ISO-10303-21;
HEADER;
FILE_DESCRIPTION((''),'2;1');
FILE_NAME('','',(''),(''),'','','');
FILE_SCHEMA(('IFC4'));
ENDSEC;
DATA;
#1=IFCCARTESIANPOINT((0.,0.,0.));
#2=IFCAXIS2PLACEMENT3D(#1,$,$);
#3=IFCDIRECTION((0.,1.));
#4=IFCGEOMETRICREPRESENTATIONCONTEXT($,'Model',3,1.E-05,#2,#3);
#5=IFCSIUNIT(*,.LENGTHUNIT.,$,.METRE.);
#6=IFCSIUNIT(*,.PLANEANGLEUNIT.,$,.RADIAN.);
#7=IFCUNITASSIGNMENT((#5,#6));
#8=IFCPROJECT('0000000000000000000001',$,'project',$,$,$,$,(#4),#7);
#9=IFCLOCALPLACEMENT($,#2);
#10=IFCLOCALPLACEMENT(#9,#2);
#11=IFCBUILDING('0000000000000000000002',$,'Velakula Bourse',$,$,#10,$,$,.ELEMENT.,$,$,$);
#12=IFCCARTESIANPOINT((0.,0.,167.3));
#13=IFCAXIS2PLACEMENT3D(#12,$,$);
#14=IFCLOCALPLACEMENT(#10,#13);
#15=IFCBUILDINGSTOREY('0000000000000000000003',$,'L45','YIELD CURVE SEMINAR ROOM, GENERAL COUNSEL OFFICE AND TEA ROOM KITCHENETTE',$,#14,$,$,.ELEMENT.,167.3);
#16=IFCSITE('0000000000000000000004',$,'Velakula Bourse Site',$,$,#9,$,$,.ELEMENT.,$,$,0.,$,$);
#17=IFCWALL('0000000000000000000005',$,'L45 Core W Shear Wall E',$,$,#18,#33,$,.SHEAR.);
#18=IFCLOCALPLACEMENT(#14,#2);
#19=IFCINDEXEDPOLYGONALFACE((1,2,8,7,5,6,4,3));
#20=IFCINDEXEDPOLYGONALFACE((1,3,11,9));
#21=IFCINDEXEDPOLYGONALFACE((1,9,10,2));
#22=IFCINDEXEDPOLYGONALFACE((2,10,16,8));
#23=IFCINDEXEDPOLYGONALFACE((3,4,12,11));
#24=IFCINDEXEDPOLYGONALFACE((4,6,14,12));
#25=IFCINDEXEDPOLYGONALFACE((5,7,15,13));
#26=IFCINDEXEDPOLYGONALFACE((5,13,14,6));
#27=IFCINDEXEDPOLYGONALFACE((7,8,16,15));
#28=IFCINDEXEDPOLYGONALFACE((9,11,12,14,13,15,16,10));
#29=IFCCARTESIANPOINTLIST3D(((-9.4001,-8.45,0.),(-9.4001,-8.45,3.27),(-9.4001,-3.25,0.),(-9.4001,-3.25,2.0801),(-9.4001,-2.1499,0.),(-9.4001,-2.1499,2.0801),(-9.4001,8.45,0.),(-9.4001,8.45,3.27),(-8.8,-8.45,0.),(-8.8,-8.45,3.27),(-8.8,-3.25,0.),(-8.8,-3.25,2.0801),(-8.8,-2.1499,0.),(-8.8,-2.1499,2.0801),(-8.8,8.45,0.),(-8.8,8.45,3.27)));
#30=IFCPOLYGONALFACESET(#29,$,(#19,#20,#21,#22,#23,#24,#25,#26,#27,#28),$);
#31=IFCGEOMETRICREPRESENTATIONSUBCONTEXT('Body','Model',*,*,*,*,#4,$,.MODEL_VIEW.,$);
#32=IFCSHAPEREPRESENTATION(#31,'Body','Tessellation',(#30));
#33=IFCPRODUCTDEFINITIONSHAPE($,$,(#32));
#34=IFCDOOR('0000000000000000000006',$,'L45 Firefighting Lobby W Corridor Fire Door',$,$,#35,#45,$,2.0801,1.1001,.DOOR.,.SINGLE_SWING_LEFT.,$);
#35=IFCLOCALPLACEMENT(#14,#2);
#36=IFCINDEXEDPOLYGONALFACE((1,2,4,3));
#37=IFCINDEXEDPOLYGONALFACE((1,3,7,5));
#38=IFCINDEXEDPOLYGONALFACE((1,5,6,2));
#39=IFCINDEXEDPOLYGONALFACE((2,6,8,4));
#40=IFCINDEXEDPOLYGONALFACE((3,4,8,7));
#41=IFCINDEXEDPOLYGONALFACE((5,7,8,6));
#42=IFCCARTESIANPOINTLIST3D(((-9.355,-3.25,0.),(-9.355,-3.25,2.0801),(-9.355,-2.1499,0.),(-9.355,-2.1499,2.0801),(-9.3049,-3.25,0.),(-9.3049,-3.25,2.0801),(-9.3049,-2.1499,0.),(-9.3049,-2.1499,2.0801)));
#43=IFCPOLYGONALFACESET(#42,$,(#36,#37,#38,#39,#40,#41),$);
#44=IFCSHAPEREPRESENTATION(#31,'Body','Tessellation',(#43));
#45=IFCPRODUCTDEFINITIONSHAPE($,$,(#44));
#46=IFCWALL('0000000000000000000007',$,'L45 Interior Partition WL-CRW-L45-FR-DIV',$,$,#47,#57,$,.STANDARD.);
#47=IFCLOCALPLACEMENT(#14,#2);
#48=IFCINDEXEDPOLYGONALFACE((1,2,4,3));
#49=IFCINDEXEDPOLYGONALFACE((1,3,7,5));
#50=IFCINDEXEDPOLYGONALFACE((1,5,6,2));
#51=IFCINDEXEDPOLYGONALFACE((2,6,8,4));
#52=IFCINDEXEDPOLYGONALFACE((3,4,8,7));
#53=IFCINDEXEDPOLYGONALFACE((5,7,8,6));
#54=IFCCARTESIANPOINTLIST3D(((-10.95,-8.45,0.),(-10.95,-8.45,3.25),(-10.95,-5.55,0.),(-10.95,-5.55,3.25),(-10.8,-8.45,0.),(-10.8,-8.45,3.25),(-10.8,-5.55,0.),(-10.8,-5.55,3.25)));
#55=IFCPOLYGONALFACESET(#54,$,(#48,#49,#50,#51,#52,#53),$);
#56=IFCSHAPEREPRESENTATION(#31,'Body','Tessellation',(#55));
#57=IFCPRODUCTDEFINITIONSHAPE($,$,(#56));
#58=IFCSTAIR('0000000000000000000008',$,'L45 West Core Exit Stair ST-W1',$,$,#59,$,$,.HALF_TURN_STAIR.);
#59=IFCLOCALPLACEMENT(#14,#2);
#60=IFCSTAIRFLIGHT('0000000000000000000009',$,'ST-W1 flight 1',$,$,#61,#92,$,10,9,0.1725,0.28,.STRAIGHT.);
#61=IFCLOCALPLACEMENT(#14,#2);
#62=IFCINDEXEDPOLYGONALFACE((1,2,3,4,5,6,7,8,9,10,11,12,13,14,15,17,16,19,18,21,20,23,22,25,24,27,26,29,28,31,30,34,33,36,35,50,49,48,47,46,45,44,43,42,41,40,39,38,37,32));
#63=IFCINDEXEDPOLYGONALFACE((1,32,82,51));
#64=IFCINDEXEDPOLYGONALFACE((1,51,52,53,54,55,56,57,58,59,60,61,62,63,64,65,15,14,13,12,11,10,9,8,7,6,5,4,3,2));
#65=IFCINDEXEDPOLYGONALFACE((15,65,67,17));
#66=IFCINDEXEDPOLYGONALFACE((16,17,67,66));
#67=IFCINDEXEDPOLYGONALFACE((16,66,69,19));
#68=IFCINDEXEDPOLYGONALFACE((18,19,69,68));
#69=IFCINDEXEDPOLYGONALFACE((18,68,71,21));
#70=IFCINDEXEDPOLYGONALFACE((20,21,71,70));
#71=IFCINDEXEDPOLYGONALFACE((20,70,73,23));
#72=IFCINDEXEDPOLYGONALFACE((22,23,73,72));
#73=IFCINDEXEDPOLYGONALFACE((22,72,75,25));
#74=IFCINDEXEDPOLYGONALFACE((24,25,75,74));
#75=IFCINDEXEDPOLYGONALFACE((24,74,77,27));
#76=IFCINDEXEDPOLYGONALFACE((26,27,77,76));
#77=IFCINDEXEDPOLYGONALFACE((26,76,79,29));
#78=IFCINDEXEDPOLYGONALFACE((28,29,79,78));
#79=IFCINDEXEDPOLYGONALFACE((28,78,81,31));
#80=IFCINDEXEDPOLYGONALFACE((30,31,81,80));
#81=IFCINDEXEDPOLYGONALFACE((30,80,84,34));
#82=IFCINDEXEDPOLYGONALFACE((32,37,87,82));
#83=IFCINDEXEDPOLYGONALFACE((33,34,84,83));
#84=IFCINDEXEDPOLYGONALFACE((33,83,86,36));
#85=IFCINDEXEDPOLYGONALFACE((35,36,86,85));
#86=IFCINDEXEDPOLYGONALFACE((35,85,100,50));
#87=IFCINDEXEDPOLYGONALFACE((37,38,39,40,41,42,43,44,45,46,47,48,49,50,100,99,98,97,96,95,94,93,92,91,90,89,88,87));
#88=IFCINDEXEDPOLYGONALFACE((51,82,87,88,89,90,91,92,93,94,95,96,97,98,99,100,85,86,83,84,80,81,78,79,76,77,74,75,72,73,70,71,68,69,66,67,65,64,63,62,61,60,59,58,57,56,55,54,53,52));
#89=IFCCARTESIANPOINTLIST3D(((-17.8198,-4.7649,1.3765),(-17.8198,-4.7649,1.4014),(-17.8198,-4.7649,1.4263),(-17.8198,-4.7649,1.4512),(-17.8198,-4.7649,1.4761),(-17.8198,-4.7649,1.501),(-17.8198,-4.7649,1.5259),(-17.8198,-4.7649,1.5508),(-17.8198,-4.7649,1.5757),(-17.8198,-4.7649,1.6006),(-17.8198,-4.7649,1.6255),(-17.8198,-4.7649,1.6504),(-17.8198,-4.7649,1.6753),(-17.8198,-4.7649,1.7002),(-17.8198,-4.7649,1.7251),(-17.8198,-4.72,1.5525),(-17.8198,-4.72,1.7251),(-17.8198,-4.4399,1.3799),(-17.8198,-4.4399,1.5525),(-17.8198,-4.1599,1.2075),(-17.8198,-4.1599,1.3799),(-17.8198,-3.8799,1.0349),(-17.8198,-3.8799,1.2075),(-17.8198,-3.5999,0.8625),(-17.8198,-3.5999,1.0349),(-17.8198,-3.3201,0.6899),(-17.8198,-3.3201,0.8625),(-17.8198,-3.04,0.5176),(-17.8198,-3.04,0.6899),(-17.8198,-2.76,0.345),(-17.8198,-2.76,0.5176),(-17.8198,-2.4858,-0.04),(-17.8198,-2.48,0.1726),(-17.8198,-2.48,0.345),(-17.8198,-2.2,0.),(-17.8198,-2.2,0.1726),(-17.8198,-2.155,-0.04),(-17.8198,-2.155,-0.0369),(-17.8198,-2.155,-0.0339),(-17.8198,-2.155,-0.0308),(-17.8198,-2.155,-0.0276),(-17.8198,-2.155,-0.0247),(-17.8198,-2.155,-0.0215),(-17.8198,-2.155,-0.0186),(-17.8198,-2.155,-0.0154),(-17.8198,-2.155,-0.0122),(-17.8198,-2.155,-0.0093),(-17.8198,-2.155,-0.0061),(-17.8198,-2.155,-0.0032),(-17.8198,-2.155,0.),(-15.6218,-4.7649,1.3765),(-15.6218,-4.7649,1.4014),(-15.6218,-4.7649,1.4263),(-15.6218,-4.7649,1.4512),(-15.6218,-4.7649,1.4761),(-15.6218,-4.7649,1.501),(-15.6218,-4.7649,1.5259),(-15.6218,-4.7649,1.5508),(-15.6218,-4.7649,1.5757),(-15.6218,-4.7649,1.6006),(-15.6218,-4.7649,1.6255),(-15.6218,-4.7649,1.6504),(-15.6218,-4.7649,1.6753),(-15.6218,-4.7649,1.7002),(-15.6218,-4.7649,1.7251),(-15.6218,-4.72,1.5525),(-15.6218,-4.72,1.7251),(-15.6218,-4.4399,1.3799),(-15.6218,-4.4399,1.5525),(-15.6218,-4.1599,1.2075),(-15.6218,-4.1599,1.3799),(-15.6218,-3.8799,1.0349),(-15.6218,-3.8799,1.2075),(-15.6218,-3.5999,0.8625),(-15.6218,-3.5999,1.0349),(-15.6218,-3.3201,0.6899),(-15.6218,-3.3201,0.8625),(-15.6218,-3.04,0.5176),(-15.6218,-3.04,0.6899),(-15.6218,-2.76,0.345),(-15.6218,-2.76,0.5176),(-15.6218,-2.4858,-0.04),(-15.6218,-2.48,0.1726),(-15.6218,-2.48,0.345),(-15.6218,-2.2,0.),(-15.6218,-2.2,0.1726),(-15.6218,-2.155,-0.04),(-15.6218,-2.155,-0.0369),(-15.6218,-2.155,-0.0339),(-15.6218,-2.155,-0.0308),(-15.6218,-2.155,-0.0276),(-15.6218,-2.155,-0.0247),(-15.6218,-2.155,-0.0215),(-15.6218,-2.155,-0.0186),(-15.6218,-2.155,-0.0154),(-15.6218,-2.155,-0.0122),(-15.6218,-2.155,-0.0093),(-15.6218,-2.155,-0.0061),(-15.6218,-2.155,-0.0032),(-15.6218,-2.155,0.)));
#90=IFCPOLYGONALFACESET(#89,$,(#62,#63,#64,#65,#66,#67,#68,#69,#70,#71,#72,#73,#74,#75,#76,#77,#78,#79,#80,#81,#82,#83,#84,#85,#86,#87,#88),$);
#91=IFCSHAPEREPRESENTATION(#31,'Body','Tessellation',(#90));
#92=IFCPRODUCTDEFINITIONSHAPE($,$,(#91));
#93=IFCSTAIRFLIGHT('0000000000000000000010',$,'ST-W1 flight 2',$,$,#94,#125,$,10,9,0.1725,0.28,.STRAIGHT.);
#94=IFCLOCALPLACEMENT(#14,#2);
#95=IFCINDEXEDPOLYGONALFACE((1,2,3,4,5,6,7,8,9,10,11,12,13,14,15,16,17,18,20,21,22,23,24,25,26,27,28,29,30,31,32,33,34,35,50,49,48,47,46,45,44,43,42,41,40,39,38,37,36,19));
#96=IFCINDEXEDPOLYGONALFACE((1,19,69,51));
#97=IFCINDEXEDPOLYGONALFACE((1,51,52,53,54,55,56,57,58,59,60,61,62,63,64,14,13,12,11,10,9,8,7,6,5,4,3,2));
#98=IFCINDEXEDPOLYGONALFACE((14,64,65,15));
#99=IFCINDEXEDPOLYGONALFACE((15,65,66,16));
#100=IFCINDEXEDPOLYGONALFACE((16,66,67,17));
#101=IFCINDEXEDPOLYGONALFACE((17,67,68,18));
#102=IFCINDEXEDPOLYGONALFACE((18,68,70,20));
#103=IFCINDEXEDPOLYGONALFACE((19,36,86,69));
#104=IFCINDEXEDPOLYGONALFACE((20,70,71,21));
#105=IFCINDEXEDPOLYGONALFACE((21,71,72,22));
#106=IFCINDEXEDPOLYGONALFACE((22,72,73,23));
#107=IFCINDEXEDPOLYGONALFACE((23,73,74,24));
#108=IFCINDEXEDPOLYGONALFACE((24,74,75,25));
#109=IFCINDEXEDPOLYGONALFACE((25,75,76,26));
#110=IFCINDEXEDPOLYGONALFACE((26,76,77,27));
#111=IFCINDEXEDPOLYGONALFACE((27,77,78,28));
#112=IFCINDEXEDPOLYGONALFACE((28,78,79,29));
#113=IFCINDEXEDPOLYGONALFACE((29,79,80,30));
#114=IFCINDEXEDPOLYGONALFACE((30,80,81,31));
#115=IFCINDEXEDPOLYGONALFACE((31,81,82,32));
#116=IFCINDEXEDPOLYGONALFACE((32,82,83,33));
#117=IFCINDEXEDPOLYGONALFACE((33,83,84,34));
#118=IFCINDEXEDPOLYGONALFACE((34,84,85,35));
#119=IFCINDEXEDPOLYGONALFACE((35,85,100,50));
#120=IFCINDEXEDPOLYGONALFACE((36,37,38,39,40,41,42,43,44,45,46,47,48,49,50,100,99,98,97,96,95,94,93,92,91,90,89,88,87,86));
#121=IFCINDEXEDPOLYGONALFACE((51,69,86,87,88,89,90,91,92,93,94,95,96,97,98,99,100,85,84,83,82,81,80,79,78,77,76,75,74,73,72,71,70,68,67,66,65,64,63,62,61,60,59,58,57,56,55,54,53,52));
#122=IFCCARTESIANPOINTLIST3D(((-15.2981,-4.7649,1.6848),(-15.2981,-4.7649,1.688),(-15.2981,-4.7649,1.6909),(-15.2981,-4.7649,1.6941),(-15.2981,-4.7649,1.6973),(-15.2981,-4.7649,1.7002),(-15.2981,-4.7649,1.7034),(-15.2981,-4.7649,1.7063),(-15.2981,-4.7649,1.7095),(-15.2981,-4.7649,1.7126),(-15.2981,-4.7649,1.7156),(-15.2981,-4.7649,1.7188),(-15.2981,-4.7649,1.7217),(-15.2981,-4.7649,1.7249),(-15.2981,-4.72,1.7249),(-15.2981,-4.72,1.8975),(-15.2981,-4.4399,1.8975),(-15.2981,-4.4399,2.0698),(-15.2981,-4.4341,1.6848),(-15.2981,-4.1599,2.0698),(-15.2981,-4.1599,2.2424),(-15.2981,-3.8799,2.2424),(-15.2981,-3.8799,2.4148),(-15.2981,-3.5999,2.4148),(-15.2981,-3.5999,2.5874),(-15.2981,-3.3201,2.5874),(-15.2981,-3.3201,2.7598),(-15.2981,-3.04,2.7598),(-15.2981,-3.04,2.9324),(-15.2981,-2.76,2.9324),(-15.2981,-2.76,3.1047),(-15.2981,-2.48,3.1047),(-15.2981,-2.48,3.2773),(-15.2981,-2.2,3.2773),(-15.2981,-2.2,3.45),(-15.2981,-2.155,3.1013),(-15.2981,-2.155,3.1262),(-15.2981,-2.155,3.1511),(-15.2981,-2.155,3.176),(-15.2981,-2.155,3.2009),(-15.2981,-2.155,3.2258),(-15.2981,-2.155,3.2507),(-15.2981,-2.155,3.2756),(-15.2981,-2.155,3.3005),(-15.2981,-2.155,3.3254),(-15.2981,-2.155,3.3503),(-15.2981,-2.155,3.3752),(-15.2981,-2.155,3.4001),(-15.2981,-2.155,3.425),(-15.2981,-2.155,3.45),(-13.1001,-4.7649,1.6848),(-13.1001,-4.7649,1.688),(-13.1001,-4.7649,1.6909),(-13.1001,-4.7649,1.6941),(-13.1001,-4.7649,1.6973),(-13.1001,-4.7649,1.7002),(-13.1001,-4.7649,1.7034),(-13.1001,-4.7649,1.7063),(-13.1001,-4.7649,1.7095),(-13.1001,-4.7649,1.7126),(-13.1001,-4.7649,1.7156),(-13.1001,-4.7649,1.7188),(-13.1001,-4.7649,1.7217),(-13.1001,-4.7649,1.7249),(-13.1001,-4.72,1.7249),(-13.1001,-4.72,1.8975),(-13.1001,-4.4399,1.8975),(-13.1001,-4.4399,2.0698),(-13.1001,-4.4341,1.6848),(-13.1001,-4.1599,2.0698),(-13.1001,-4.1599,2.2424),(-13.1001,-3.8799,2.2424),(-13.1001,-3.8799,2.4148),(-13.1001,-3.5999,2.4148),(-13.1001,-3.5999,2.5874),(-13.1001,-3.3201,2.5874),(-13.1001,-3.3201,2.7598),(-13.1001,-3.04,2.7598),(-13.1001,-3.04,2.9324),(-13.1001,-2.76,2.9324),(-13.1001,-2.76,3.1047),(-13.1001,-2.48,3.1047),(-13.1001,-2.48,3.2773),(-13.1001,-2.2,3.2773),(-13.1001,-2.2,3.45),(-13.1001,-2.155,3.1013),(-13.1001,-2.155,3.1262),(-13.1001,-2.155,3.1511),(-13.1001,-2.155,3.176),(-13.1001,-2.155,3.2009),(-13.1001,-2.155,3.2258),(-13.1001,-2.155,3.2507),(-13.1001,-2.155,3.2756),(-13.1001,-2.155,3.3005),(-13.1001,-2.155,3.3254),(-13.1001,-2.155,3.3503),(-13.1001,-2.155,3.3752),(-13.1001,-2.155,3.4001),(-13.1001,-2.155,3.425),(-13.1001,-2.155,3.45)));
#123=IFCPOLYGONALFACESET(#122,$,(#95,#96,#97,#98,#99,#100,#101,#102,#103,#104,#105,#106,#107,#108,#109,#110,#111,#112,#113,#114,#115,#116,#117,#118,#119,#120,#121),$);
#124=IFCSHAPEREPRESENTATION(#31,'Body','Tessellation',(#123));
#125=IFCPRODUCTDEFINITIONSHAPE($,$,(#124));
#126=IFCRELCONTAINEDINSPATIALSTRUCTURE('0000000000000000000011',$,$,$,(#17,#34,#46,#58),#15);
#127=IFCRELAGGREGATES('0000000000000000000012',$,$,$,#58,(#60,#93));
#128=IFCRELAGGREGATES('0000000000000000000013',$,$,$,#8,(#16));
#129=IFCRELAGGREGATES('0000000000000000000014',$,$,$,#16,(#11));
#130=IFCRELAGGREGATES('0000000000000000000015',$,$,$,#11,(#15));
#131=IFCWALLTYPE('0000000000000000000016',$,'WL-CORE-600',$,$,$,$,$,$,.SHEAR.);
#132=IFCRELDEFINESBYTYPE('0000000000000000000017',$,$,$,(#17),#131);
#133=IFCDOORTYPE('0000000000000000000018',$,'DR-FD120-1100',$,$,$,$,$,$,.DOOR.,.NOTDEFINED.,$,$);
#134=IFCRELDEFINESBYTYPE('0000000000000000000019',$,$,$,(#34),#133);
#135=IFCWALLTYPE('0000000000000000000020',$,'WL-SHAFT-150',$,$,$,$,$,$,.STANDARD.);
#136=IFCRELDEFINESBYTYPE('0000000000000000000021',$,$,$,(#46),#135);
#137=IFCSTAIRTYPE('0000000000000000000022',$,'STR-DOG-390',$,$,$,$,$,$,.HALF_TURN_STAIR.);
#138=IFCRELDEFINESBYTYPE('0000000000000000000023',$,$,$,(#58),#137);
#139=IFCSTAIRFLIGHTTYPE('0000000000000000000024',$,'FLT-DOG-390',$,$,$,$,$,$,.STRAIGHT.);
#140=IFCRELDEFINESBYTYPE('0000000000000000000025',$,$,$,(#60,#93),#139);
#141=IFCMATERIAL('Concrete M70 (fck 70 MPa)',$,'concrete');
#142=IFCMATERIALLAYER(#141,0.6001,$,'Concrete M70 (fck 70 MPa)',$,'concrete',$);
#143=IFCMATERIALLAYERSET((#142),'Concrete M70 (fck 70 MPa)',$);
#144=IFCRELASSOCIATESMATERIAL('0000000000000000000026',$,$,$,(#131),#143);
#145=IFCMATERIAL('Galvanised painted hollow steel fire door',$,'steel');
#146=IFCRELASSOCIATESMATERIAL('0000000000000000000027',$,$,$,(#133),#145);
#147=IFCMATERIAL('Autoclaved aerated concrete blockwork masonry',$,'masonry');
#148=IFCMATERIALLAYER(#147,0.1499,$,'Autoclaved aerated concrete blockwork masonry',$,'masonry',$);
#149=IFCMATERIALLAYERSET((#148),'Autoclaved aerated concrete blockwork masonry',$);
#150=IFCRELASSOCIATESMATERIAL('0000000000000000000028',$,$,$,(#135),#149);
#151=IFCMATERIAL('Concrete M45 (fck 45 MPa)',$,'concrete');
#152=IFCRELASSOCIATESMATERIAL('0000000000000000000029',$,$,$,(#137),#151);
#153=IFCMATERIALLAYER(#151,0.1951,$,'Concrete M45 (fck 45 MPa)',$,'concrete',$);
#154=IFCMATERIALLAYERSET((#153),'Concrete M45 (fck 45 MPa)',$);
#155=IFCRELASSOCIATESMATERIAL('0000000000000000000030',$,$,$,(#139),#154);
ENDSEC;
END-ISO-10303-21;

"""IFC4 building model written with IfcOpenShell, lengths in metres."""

from ifc_helpers import new_model, si_unit, direction, frame, frame_2d, origin, place, context, subcontext, project, spatial, polyline, rectangle, outline, extrude, material, layer, layer_set, type_object, element, fill, aggregate, save


model = new_model("IFC4")

# Units and contexts
model_context = context("Model", 3, precision=1e-05, world=origin(), true_north=direction((0.0, 1.0)))
body_context = subcontext(model_context, "Body", "Model", "MODEL_VIEW")
ifc_project = project(units=[si_unit("LENGTHUNIT", "METRE"), si_unit("PLANEANGLEUNIT", "RADIAN")], contexts=[model_context])

# Site, building, storey
site_placement = place(None, origin())
site = spatial("IfcSite", under=ifc_project, at=site_placement, Name="Velakula Bourse Site", CompositionType="ELEMENT", RefElevation=0.0)
building_placement = place(site_placement, origin())
building = spatial("IfcBuilding", under=site, at=building_placement, Name="Velakula Bourse", CompositionType="ELEMENT")
storey_placement = place(building_placement, frame((0.0, 0.0, 167.3)))
storey = spatial("IfcBuildingStorey", under=building, at=storey_placement, Name="L45", Description="YIELD CURVE SEMINAR ROOM, GENERAL COUNSEL OFFICE AND TEA ROOM KITCHENETTE", CompositionType="ELEMENT", Elevation=167.3)

# Shared definitions
ifc_material_1 = material(Name="Concrete M70 (fck 70 MPa)", Category="concrete")

# Shared definitions
ifc_material_2 = material(Name="Galvanised painted hollow steel fire door", Category="steel")

# Wall, opening, door
ifc_layer_1 = layer(ifc_material_1, 0.6001, Name="Concrete M70 (fck 70 MPa)", Category="concrete")
ifc_layer_set_1 = layer_set([ifc_layer_1], Name="Concrete M70 (fck 70 MPa)")
wall_type_1 = type_object("IfcWallType", Name="WL-CORE-600", PredefinedType="SHEAR", material=ifc_layer_set_1)
wall_1_placement = place(storey_placement, frame((-9.1001, -8.45, 0.0), z_axis=(0.0, 0.0, 1.0), x_axis=(0.0, 1.0, 0.0)))
wall_1 = element("IfcWall", 1, at=wall_1_placement, inside=storey, type_object=wall_type_1, Name="L45 Core W Shear Wall E", PredefinedType="SHEAR", context=body_context, shape_type="SweptSolid", body=[
    extrude(rectangle(XDim=16.8999, YDim=0.6001, at=frame_2d((8.45, 0.0))), origin(), (0.0, 0.0, 1.0), 3.27),
])
opening_1_placement = place(wall_1_placement, frame((5.2, 0.0, 0.0)))
opening_1 = element("IfcOpeningElement", 2, at=opening_1_placement, cuts=wall_1, PredefinedType="OPENING", context=body_context, shape_type="SweptSolid", body=[
    extrude(rectangle(XDim=1.1001, YDim=2.0801, at=frame_2d((0.55, 1.04))), frame((0.0, 0.3101, 0.0), z_axis=(0.0, -1.0, 0.0), x_axis=(1.0, 0.0, 0.0)), (0.0, 0.0, 1.0), 0.6201),
])
door_type_1 = type_object("IfcDoorType", Name="DR-FD120-1100", OperationType="NOTDEFINED", PredefinedType="DOOR", material=ifc_material_2)
door_1_placement = place(opening_1_placement, origin())
door_1 = element("IfcDoor", 3, at=door_1_placement, inside=storey, type_object=door_type_1, Name="L45 Firefighting Lobby W Corridor Fire Door", OperationType="SINGLE_SWING_LEFT", OverallHeight=2.0801, OverallWidth=1.1001, PredefinedType="DOOR", context=body_context, shape_type="SweptSolid", body=[
    extrude(rectangle(XDim=1.1001, YDim=2.0801, at=frame_2d((0.55, 1.04))), frame((0.0, 0.2549, 0.0), z_axis=(0.0, -1.0, 0.0), x_axis=(1.0, 0.0, 0.0)), (0.0, 0.0, 1.0), 0.05),
])
fill(opening_1, door_1)

# Shared definitions
ifc_material_3 = material(Name="Autoclaved aerated concrete blockwork masonry", Category="masonry")
ifc_layer_2 = layer(ifc_material_3, 0.1499, Name="Autoclaved aerated concrete blockwork masonry", Category="masonry")
ifc_layer_set_2 = layer_set([ifc_layer_2], Name="Autoclaved aerated concrete blockwork masonry")
wall_type_2 = type_object("IfcWallType", Name="WL-SHAFT-150", PredefinedType="STANDARD", material=ifc_layer_set_2)

# Wall
wall_2_placement = place(storey_placement, frame((-10.875, -8.45, 0.0), z_axis=(0.0, 0.0, 1.0), x_axis=(0.0, 1.0, 0.0)))
element("IfcWall", 4, at=wall_2_placement, inside=storey, type_object=wall_type_2, Name="L45 Interior Partition WL-CRW-L45-FR-DIV", PredefinedType="STANDARD", context=body_context, shape_type="SweptSolid", body=[
    extrude(rectangle(XDim=2.8999, YDim=0.1499, at=frame_2d((1.45, 0.0))), origin(), (0.0, 0.0, 1.0), 3.25),
])

# Stair, stair flights
ifc_material_4 = material(Name="Concrete M45 (fck 45 MPa)", Category="concrete")
stair_type = type_object("IfcStairType", Name="STR-DOG-390", PredefinedType="HALF_TURN_STAIR", material=ifc_material_4)
stair_placement = place(storey_placement, origin())
stair = element("IfcStair", 5, at=stair_placement, inside=storey, type_object=stair_type, Name="L45 West Core Exit Stair ST-W1", PredefinedType="HALF_TURN_STAIR")
ifc_layer_3 = layer(ifc_material_4, 0.1951, Name="Concrete M45 (fck 45 MPa)", Category="concrete")
ifc_layer_set_3 = layer_set([ifc_layer_3], Name="Concrete M45 (fck 45 MPa)")
stair_flight_type = type_object("IfcStairFlightType", Name="FLT-DOG-390", PredefinedType="STRAIGHT", material=ifc_layer_set_3)
stair_flight_1_placement = place(storey_placement, frame((-16.7209, -2.2, 0.0), z_axis=(0.0, 0.0, 1.0), x_axis=(0.0, -1.0, 0.0)))
stair_flight_1 = element("IfcStairFlight", 6, at=stair_flight_1_placement, type_object=stair_flight_type, Name="ST-W1 flight 1", NumberOfRisers=10, NumberOfTreads=9, PredefinedType="STRAIGHT", RiserHeight=0.1725, TreadLength=0.28, context=body_context, shape_type="SweptSolid", body=[
    extrude(outline(polyline([(-0.0449, -0.04), (-0.0449, -0.0369), (-0.0449, -0.0339), (-0.0449, -0.0308), (-0.0449, -0.0276), (-0.0449, -0.0247), (-0.0449, -0.0215), (-0.0449, -0.0186), (-0.0449, -0.0154), (-0.0449, -0.0122), (-0.0449, -0.0093), (-0.0449, -0.0061), (-0.0449, -0.0032), (-0.0449, 0.0), (0.0, 0.0), (0.0, 0.1726), (0.28, 0.1726), (0.28, 0.345), (0.5601, 0.345), (0.5601, 0.5176), (0.8401, 0.5176), (0.8401, 0.6899), (1.1201, 0.6899), (1.1201, 0.8625), (1.3999, 0.8625), (1.3999, 1.0349), (1.6799, 1.0349), (1.6799, 1.2075), (1.96, 1.2075), (1.96, 1.3799), (2.24, 1.3799), (2.24, 1.5525), (2.52, 1.5525), (2.52, 1.7251), (2.5649, 1.7251), (2.5649, 1.7002), (2.5649, 1.6753), (2.5649, 1.6504), (2.5649, 1.6255), (2.5649, 1.6006), (2.5649, 1.5757), (2.5649, 1.5508), (2.5649, 1.5259), (2.5649, 1.501), (2.5649, 1.4761), (2.5649, 1.4512), (2.5649, 1.4263), (2.5649, 1.4014), (2.5649, 1.3765), (0.2859, -0.04), (-0.0449, -0.04)])), frame((0.0, 1.0991, 0.0), z_axis=(0.0, -1.0, 0.0), x_axis=(1.0, 0.0, 0.0)), (0.0, 0.0, 1.0), 2.198),
])
stair_flight_2_placement = place(storey_placement, frame((-14.199, -4.72, 1.7249), z_axis=(0.0, 0.0, 1.0), x_axis=(0.0, 1.0, 0.0)))
stair_flight_2 = element("IfcStairFlight", 7, at=stair_flight_2_placement, type_object=stair_flight_type, Name="ST-W1 flight 2", NumberOfRisers=10, NumberOfTreads=9, PredefinedType="STRAIGHT", RiserHeight=0.1725, TreadLength=0.28, context=body_context, shape_type="SweptSolid", body=[
    extrude(outline(polyline([(-0.0449, -0.04), (-0.0449, -0.0369), (-0.0449, -0.0339), (-0.0449, -0.0308), (-0.0449, -0.0276), (-0.0449, -0.0247), (-0.0449, -0.0215), (-0.0449, -0.0186), (-0.0449, -0.0154), (-0.0449, -0.0122), (-0.0449, -0.0093), (-0.0449, -0.0061), (-0.0449, -0.0032), (-0.0449, 0.0), (0.0, 0.0), (0.0, 0.1726), (0.28, 0.1726), (0.28, 0.345), (0.5601, 0.345), (0.5601, 0.5176), (0.8401, 0.5176), (0.8401, 0.6899), (1.1201, 0.6899), (1.1201, 0.8625), (1.3999, 0.8625), (1.3999, 1.0349), (1.6799, 1.0349), (1.6799, 1.2075), (1.96, 1.2075), (1.96, 1.3799), (2.24, 1.3799), (2.24, 1.5525), (2.52, 1.5525), (2.52, 1.7251), (2.5649, 1.7251), (2.5649, 1.7002), (2.5649, 1.6753), (2.5649, 1.6504), (2.5649, 1.6255), (2.5649, 1.6006), (2.5649, 1.5757), (2.5649, 1.5508), (2.5649, 1.5259), (2.5649, 1.501), (2.5649, 1.4761), (2.5649, 1.4512), (2.5649, 1.4263), (2.5649, 1.4014), (2.5649, 1.3765), (0.2859, -0.04), (-0.0449, -0.04)])), frame((0.0, 1.0991, 0.0), z_axis=(0.0, -1.0, 0.0), x_axis=(1.0, 0.0, 0.0)), (0.0, 0.0, 1.0), 2.198),
])
aggregate(stair, [stair_flight_1, stair_flight_2])

save(model, "model.ifc")
